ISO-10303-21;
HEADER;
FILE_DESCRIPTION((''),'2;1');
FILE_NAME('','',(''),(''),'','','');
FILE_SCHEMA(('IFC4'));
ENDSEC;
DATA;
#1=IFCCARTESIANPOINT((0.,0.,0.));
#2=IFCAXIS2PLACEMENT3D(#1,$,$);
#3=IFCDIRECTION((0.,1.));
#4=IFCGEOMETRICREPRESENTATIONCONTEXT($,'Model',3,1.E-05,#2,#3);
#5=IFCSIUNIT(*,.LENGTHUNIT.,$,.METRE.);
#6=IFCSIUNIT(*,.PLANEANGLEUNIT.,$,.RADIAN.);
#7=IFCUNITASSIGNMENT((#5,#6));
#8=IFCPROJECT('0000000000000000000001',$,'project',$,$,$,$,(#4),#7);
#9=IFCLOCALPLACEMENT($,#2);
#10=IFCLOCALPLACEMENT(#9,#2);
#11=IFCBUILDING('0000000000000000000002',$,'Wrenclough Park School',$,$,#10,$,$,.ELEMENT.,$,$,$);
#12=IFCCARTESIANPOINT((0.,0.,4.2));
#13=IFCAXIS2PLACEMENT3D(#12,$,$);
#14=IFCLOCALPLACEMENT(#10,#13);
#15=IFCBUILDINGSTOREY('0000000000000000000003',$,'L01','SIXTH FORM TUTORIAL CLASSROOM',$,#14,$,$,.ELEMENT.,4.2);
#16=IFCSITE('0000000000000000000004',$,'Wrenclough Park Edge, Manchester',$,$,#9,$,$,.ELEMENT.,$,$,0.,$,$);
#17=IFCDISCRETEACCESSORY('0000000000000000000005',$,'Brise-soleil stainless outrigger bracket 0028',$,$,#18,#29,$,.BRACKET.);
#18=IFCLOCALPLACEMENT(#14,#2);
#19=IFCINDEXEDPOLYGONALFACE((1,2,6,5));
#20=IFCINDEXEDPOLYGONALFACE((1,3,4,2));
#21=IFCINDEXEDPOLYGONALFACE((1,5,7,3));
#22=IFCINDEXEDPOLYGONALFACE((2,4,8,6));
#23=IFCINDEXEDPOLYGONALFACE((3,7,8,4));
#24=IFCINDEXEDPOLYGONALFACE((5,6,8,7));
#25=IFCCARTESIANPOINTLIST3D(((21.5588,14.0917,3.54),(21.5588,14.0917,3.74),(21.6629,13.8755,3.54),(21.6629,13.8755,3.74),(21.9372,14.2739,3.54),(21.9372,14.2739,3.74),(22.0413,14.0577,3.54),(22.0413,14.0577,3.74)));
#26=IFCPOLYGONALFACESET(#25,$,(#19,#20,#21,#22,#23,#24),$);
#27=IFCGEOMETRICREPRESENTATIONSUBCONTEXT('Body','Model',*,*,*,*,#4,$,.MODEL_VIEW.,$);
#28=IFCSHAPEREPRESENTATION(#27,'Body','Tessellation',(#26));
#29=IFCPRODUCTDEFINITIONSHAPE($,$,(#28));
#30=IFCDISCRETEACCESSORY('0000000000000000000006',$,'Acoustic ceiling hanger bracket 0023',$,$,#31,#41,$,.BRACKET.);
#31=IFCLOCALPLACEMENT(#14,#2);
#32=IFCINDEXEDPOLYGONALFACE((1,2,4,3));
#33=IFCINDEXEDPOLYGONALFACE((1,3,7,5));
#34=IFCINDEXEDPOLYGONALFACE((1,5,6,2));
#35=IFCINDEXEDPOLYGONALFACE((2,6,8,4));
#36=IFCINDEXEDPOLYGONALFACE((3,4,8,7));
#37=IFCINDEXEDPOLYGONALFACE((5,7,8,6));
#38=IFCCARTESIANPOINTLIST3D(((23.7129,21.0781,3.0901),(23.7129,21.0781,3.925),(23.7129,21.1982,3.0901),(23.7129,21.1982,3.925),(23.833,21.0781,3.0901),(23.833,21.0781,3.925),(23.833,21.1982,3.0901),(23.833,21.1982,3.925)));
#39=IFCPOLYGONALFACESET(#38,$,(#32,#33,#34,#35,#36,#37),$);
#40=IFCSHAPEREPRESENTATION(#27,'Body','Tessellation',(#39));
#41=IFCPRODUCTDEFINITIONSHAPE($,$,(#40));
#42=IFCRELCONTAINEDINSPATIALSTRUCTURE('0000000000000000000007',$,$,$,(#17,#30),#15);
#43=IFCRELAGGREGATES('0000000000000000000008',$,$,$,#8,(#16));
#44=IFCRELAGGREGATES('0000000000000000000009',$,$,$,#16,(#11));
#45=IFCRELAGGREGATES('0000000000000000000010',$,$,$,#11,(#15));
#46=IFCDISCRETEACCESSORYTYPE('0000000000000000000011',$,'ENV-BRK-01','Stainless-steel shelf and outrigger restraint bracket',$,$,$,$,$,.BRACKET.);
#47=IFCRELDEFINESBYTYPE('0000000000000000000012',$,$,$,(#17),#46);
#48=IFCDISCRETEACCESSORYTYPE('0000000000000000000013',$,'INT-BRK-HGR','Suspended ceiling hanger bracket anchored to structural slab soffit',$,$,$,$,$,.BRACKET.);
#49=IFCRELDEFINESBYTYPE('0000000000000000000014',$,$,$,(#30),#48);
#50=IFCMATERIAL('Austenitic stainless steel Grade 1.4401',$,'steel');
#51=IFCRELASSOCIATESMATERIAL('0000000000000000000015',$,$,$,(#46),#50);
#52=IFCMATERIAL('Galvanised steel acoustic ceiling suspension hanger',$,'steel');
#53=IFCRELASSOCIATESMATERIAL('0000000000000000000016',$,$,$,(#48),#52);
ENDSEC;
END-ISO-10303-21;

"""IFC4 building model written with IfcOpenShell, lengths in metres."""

from ifc_helpers import new_model, si_unit, direction, frame, origin, origin_2d, place, context, subcontext, project, spatial, rectangle, extrude, material, type_object, element, save


model = new_model("IFC4")

# Units and contexts
model_context = context("Model", 3, precision=1e-05, world=origin(), true_north=direction((0.0, 1.0)))
body_context = subcontext(model_context, "Body", "Model", "MODEL_VIEW")
ifc_project = project(units=[si_unit("LENGTHUNIT", "METRE"), si_unit("PLANEANGLEUNIT", "RADIAN")], contexts=[model_context])

# Site, building, storey
site_placement = place(None, origin())
site = spatial("IfcSite", under=ifc_project, at=site_placement, Name="Wrenclough Park Edge, Manchester", CompositionType="ELEMENT", RefElevation=0.0)
building_placement = place(site_placement, origin())
building = spatial("IfcBuilding", under=site, at=building_placement, Name="Wrenclough Park School", CompositionType="ELEMENT")
storey_placement = place(building_placement, frame((0.0, 0.0, 4.2)))
storey = spatial("IfcBuildingStorey", under=building, at=storey_placement, Name="L01", Description="SIXTH FORM TUTORIAL CLASSROOM", CompositionType="ELEMENT", Elevation=4.2)

# Discrete accessories
ifc_material_1 = material(Name="Austenitic stainless steel Grade 1.4401", Category="steel")
discrete_accessory_type_1 = type_object("IfcDiscreteAccessoryType", Name="ENV-BRK-01", Description="Stainless-steel shelf and outrigger restraint bracket", PredefinedType="BRACKET", material=ifc_material_1)
discrete_accessory_1_placement = place(storey_placement, frame((21.8, 14.0747, 3.54), z_axis=(0.0, 0.0, 1.0), x_axis=(0.433882, -0.90097, 0.0)))
element("IfcDiscreteAccessory", 1, at=discrete_accessory_1_placement, inside=storey, type_object=discrete_accessory_type_1, Name="Brise-soleil stainless outrigger bracket 0028", PredefinedType="BRACKET", context=body_context, shape_type="SweptSolid", body=[
    extrude(rectangle(XDim=0.24, YDim=0.4199, at=origin_2d()), origin(), (0.0, 0.0, 1.0), 0.2),
])
ifc_material_2 = material(Name="Galvanised steel acoustic ceiling suspension hanger", Category="steel")
discrete_accessory_type_2 = type_object("IfcDiscreteAccessoryType", Name="INT-BRK-HGR", Description="Suspended ceiling hanger bracket anchored to structural slab soffit", PredefinedType="BRACKET", material=ifc_material_2)
discrete_accessory_2_placement = place(storey_placement, frame((23.7729, 21.1382, 3.0901), z_axis=(0.0, 0.0, 1.0), x_axis=(1.0, 0.0, 0.0)))
element("IfcDiscreteAccessory", 2, at=discrete_accessory_2_placement, inside=storey, type_object=discrete_accessory_type_2, Name="Acoustic ceiling hanger bracket 0023", PredefinedType="BRACKET", context=body_context, shape_type="SweptSolid", body=[
    extrude(rectangle(XDim=0.1201, YDim=0.1201, at=origin_2d()), origin(), (0.0, 0.0, 1.0), 0.835),
])

save(model, "model.ifc")
